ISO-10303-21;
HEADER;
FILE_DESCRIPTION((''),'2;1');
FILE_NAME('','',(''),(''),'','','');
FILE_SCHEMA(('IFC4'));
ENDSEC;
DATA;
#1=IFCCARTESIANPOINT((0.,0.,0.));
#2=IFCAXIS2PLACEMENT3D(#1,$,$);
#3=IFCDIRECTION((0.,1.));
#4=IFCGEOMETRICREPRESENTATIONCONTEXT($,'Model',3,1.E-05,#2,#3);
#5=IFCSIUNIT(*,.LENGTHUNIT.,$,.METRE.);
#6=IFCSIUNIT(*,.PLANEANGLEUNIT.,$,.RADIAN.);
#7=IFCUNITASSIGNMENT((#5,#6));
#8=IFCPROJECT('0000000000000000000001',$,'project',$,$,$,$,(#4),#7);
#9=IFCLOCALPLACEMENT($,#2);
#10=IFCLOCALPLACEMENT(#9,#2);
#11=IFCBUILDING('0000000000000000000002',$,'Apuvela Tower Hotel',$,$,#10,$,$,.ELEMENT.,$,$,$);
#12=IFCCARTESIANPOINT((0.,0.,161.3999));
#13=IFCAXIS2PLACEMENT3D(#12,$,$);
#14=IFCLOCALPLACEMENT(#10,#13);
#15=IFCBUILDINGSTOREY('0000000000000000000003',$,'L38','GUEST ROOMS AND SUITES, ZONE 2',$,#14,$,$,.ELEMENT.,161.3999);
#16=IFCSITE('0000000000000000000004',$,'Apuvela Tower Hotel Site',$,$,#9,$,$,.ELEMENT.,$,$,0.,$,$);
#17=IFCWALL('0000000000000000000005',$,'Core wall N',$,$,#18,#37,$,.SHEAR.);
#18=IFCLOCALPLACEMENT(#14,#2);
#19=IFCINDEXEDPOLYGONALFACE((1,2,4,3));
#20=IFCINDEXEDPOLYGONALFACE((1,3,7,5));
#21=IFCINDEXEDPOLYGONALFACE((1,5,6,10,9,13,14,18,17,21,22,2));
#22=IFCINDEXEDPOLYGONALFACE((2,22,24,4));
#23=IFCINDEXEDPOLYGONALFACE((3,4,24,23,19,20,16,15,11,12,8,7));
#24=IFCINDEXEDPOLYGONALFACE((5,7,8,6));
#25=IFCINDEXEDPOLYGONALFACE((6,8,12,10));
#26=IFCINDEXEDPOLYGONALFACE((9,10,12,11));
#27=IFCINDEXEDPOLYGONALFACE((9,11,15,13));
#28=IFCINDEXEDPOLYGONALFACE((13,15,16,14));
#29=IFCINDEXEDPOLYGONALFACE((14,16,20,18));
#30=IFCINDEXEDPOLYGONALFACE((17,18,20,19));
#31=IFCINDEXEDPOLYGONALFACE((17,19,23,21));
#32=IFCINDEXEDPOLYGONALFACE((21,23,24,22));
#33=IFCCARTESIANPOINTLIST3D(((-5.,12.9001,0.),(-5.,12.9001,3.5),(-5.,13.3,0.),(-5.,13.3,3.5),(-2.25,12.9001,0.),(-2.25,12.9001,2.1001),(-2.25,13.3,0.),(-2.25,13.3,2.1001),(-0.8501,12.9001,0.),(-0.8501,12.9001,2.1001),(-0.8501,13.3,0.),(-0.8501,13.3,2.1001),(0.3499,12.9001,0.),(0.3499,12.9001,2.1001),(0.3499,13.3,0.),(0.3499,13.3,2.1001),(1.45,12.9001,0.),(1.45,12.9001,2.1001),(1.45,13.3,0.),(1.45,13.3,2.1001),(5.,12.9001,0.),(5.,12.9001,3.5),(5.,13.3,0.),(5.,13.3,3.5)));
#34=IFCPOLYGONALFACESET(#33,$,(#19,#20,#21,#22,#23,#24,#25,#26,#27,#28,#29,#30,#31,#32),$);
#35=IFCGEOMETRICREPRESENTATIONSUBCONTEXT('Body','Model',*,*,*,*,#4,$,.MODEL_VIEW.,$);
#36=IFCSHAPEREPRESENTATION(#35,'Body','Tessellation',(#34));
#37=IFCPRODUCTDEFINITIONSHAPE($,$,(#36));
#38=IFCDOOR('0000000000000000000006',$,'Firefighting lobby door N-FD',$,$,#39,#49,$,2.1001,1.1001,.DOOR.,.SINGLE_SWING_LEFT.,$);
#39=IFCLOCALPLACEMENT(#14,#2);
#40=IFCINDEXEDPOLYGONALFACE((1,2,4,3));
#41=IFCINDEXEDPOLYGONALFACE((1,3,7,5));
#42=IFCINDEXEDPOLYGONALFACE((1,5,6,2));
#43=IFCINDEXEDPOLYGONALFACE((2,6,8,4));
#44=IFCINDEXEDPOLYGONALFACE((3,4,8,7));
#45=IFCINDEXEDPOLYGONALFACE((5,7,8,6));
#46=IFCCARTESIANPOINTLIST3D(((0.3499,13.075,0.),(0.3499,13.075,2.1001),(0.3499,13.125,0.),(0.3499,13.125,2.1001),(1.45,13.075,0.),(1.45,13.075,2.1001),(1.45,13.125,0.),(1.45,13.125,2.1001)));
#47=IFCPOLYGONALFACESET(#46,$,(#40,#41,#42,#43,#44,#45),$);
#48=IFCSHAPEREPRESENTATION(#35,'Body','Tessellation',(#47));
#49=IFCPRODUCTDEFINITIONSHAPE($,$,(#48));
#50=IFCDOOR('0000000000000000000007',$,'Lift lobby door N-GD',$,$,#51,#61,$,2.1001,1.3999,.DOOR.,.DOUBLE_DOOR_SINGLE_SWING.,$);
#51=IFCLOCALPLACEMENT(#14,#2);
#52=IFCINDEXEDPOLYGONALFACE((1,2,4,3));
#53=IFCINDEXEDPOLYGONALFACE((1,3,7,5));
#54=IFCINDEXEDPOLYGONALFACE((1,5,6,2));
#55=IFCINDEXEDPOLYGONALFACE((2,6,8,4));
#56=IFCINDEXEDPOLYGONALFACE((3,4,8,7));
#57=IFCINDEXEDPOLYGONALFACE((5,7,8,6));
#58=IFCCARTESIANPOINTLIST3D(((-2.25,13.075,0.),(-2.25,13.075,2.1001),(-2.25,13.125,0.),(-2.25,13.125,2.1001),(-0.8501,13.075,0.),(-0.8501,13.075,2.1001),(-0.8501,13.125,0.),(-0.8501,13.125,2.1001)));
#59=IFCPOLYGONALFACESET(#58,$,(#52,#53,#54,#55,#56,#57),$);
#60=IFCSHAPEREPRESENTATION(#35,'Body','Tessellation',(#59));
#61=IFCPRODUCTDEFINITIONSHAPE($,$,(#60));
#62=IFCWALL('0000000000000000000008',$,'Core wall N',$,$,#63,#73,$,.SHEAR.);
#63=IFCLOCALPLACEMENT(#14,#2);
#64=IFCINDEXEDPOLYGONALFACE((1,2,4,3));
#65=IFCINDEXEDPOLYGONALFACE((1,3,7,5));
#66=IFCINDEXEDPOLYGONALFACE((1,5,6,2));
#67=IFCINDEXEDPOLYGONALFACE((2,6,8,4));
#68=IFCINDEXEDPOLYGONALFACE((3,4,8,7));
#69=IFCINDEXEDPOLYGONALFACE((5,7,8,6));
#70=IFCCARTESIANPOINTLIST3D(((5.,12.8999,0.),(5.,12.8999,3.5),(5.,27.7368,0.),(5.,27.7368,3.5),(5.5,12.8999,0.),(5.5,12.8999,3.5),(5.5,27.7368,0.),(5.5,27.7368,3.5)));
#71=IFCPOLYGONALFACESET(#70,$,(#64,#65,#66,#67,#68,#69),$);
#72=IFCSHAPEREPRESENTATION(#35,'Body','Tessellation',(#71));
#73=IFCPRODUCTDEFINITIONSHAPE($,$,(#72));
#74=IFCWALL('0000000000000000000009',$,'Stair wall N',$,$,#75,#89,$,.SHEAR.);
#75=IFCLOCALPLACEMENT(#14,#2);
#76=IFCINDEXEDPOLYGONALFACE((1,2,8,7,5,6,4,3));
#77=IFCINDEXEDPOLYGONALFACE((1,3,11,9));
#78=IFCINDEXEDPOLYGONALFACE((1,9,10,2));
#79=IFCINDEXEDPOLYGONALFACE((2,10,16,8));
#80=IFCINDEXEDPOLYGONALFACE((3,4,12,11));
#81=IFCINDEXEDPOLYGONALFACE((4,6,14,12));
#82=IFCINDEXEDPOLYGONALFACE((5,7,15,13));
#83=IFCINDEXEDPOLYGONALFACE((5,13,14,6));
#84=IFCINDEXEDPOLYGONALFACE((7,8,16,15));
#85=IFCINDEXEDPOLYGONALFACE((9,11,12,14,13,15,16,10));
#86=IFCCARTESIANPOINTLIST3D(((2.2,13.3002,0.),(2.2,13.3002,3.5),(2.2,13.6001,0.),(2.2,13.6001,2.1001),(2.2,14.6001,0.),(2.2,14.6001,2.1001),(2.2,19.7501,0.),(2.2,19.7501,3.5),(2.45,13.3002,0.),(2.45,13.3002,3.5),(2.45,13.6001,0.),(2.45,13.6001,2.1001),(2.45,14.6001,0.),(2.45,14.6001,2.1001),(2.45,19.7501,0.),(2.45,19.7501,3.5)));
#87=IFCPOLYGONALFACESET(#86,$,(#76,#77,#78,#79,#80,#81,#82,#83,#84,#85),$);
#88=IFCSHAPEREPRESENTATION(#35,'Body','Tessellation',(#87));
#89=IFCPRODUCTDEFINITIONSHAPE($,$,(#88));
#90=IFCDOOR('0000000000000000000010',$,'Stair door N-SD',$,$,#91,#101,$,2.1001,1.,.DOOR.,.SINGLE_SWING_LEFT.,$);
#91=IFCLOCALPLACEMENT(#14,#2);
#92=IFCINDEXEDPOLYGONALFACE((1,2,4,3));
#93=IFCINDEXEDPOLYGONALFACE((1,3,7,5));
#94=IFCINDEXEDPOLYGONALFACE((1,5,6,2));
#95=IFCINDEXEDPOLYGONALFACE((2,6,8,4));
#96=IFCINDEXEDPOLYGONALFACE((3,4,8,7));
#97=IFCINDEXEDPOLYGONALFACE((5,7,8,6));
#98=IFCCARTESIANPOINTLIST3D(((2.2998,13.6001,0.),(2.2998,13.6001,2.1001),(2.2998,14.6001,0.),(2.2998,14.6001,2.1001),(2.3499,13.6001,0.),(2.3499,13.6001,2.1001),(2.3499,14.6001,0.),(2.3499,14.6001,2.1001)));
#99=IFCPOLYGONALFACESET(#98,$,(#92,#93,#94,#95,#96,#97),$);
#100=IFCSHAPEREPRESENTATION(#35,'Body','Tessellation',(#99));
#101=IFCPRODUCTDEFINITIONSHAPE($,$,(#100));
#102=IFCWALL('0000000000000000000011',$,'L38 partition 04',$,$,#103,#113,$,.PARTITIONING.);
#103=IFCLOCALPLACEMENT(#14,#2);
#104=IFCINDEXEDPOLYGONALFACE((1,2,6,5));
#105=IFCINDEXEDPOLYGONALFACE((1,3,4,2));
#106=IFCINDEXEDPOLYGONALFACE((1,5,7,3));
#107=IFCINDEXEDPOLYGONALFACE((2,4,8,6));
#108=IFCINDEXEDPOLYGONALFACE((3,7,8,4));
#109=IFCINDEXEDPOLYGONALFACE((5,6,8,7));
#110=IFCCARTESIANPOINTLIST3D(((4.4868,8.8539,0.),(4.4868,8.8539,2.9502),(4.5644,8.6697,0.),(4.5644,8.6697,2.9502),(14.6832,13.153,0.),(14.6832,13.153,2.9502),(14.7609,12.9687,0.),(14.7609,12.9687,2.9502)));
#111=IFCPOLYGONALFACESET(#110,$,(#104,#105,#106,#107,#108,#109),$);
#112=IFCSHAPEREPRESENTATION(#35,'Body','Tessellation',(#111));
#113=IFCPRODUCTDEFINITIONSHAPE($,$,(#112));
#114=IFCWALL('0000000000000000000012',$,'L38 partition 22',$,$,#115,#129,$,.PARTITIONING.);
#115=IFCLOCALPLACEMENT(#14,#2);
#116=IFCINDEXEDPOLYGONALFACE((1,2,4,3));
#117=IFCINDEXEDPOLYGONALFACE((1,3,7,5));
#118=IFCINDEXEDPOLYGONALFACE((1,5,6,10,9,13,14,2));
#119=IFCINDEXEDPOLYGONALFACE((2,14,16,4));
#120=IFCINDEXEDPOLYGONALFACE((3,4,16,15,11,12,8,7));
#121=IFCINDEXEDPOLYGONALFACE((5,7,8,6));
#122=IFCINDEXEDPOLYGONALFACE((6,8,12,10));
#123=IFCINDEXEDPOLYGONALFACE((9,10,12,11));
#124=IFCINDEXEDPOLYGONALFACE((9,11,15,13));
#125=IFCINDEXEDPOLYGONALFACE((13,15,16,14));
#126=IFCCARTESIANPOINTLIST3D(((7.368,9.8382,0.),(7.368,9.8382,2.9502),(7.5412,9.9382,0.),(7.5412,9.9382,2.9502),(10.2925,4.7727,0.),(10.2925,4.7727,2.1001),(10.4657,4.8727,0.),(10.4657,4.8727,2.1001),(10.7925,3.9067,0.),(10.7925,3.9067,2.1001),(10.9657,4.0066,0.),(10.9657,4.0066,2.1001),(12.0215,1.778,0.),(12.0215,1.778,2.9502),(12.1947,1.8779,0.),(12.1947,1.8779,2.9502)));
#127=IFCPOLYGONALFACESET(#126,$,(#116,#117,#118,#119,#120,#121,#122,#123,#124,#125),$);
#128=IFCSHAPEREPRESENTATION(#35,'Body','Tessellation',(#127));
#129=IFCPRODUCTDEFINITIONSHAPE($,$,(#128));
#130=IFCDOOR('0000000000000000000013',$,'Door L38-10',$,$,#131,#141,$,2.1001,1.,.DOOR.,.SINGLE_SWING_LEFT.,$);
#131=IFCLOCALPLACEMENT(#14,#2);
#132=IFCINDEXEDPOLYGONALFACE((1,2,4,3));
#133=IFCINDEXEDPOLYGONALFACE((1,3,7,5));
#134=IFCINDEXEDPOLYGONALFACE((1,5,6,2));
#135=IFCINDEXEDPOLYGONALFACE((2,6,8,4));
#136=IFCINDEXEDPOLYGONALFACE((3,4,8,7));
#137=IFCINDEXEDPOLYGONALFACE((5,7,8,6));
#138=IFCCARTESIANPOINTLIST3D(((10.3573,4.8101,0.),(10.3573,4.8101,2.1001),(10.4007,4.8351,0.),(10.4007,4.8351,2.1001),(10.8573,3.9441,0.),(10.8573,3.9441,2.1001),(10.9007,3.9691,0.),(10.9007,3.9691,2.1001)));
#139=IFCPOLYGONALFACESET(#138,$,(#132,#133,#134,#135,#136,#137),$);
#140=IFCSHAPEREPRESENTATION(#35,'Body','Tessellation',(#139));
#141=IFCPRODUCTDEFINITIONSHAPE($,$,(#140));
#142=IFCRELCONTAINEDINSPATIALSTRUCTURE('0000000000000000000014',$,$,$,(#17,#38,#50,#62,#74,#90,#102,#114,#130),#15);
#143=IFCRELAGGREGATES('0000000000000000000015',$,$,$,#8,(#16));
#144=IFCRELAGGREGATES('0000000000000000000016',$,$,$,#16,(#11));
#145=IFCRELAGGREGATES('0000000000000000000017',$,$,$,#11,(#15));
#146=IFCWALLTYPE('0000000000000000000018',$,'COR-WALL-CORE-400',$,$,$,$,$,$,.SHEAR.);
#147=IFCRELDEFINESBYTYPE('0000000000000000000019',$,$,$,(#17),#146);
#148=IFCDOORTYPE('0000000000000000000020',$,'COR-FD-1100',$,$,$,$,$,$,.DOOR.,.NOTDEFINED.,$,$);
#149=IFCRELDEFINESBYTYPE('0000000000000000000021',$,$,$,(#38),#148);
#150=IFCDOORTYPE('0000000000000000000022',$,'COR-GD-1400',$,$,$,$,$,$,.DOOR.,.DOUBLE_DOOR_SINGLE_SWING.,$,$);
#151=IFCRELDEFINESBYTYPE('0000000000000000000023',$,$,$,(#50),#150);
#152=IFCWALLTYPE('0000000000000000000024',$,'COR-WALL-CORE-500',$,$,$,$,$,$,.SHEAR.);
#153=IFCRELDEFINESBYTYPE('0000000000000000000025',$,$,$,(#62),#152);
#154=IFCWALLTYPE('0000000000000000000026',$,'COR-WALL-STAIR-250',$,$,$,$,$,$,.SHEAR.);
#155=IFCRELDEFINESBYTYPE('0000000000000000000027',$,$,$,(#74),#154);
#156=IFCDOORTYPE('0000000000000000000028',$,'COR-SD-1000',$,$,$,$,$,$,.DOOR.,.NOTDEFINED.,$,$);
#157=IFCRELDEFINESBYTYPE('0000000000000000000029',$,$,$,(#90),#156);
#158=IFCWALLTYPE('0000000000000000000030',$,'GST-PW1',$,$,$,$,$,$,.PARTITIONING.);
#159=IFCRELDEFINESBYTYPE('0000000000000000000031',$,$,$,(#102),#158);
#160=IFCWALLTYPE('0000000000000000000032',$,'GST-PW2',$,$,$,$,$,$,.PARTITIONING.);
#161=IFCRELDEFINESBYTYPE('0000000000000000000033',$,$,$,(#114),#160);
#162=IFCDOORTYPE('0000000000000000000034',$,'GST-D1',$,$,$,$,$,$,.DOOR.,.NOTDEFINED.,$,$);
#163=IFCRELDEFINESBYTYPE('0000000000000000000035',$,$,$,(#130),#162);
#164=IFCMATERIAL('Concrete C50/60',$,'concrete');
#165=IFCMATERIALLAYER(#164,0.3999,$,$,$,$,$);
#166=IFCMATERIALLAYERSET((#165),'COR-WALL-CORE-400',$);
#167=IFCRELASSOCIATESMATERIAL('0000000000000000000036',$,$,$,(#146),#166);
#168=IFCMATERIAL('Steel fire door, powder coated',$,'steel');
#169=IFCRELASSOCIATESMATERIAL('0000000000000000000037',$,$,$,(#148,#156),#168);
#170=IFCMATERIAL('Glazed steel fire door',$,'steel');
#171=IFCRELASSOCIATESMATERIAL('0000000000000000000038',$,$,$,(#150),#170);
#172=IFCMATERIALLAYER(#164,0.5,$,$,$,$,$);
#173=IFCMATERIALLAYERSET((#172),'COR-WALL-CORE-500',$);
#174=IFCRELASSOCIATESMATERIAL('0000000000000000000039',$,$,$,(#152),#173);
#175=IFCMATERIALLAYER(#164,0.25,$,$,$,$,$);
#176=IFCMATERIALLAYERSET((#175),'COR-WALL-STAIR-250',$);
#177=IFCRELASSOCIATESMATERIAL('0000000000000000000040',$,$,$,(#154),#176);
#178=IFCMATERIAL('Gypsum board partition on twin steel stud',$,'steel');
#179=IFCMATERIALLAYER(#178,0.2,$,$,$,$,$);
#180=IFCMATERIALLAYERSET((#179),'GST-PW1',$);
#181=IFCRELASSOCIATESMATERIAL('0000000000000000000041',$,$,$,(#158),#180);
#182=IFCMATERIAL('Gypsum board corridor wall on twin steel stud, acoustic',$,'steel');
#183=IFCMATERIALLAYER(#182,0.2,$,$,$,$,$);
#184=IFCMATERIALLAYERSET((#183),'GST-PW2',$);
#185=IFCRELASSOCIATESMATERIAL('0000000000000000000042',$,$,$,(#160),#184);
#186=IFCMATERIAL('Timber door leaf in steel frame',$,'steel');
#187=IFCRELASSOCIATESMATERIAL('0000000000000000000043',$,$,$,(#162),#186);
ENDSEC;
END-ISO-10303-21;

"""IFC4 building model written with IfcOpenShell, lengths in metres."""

from ifc_helpers import new_model, si_unit, direction, frame, frame_2d, origin, place, context, subcontext, project, spatial, rectangle, extrude, material, layer, layer_set, type_object, element, fill, save


model = new_model("IFC4")

# Units and contexts
model_context = context("Model", 3, precision=1e-05, world=origin(), true_north=direction((0.0, 1.0)))
body_context = subcontext(model_context, "Body", "Model", "MODEL_VIEW")
ifc_project = project(units=[si_unit("LENGTHUNIT", "METRE"), si_unit("PLANEANGLEUNIT", "RADIAN")], contexts=[model_context])

# Site, building, storey
site_placement = place(None, origin())
site = spatial("IfcSite", under=ifc_project, at=site_placement, Name="Apuvela Tower Hotel Site", CompositionType="ELEMENT", RefElevation=0.0)
building_placement = place(site_placement, origin())
building = spatial("IfcBuilding", under=site, at=building_placement, Name="Apuvela Tower Hotel", CompositionType="ELEMENT")
storey_placement = place(building_placement, frame((0.0, 0.0, 161.3999)))
storey = spatial("IfcBuildingStorey", under=building, at=storey_placement, Name="L38", Description="GUEST ROOMS AND SUITES, ZONE 2", CompositionType="ELEMENT", Elevation=161.3999)

# Shared definitions
ifc_material_1 = material(Name="Concrete C50/60", Category="concrete")

# Wall, openings, doors
ifc_layer_1 = layer(ifc_material_1, 0.3999)
ifc_layer_set_1 = layer_set([ifc_layer_1], Name="COR-WALL-CORE-400")
wall_type_1 = type_object("IfcWallType", Name="COR-WALL-CORE-400", PredefinedType="SHEAR", material=ifc_layer_set_1)
wall_1_placement = place(storey_placement, frame((5.0, 13.1001, 0.0), z_axis=(0.0, 0.0, 1.0), x_axis=(-1.0, 0.0, 0.0)))
wall_1 = element("IfcWall", 1, at=wall_1_placement, inside=storey, type_object=wall_type_1, Name="Core wall N", PredefinedType="SHEAR", context=body_context, shape_type="SweptSolid", body=[
    extrude(rectangle(XDim=10.0, YDim=0.3999, at=frame_2d((5.0, 0.0))), origin(), (0.0, 0.0, 1.0), 3.5),
])
opening_1_placement = place(wall_1_placement, frame((3.55, 0.0, 0.0)))
opening_1 = element("IfcOpeningElement", 2, at=opening_1_placement, cuts=wall_1, PredefinedType="OPENING", context=body_context, shape_type="SweptSolid", body=[
    extrude(rectangle(XDim=1.1001, YDim=2.1001, at=frame_2d((0.55, 1.05))), frame((0.0, 0.21, 0.0), z_axis=(0.0, -1.0, 0.0), x_axis=(1.0, 0.0, 0.0)), (0.0, 0.0, 1.0), 0.4199),
])
opening_2_placement = place(wall_1_placement, frame((5.8501, 0.0, 0.0)))
opening_2 = element("IfcOpeningElement", 3, at=opening_2_placement, cuts=wall_1, PredefinedType="OPENING", context=body_context, shape_type="SweptSolid", body=[
    extrude(rectangle(XDim=1.3999, YDim=2.1001, at=frame_2d((0.7, 1.05))), frame((0.0, 0.21, 0.0), z_axis=(0.0, -1.0, 0.0), x_axis=(1.0, 0.0, 0.0)), (0.0, 0.0, 1.0), 0.4199),
])
ifc_material_2 = material(Name="Steel fire door, powder coated", Category="steel")
door_type_1 = type_object("IfcDoorType", Name="COR-FD-1100", OperationType="NOTDEFINED", PredefinedType="DOOR", material=ifc_material_2)
door_1_placement = place(opening_1_placement, frame((1.1001, 0.0, 0.0), z_axis=(0.0, 0.0, 1.0), x_axis=(-1.0, 0.0, 0.0)))
door_1 = element("IfcDoor", 4, at=door_1_placement, inside=storey, type_object=door_type_1, Name="Firefighting lobby door N-FD", OperationType="SINGLE_SWING_LEFT", OverallHeight=2.1001, OverallWidth=1.1001, PredefinedType="DOOR", context=body_context, shape_type="SweptSolid", body=[
    extrude(rectangle(XDim=1.1001, YDim=2.1001, at=frame_2d((0.55, 1.05))), frame((0.0, 0.0249, 0.0), z_axis=(0.0, -1.0, 0.0), x_axis=(1.0, 0.0, 0.0)), (0.0, 0.0, 1.0), 0.05),
])
fill(opening_1, door_1)
ifc_material_3 = material(Name="Glazed steel fire door", Category="steel")
door_type_2 = type_object("IfcDoorType", Name="COR-GD-1400", OperationType="DOUBLE_DOOR_SINGLE_SWING", PredefinedType="DOOR", material=ifc_material_3)
door_2_placement = place(opening_2_placement, frame((1.3999, 0.0, 0.0), z_axis=(0.0, 0.0, 1.0), x_axis=(-1.0, 0.0, 0.0)))
door_2 = element("IfcDoor", 5, at=door_2_placement, inside=storey, type_object=door_type_2, Name="Lift lobby door N-GD", OperationType="DOUBLE_DOOR_SINGLE_SWING", OverallHeight=2.1001, OverallWidth=1.3999, PredefinedType="DOOR", context=body_context, shape_type="SweptSolid", body=[
    extrude(rectangle(XDim=1.3999, YDim=2.1001, at=frame_2d((0.7, 1.05))), frame((0.0, 0.0249, 0.0), z_axis=(0.0, -1.0, 0.0), x_axis=(1.0, 0.0, 0.0)), (0.0, 0.0, 1.0), 0.05),
])
fill(opening_2, door_2)

# Wall
ifc_layer_2 = layer(ifc_material_1, 0.5)
ifc_layer_set_2 = layer_set([ifc_layer_2], Name="COR-WALL-CORE-500")
wall_type_2 = type_object("IfcWallType", Name="COR-WALL-CORE-500", PredefinedType="SHEAR", material=ifc_layer_set_2)
wall_2_placement = place(storey_placement, frame((5.25, 12.8999, 0.0), z_axis=(0.0, 0.0, 1.0), x_axis=(0.0, 1.0, 0.0)))
element("IfcWall", 6, at=wall_2_placement, inside=storey, type_object=wall_type_2, Name="Core wall N", PredefinedType="SHEAR", context=body_context, shape_type="SweptSolid", body=[
    extrude(rectangle(XDim=14.8369, YDim=0.5, at=frame_2d((7.4185, 0.0))), origin(), (0.0, 0.0, 1.0), 3.5),
])

# Wall, opening, door
ifc_layer_3 = layer(ifc_material_1, 0.25)
ifc_layer_set_3 = layer_set([ifc_layer_3], Name="COR-WALL-STAIR-250")
wall_type_3 = type_object("IfcWallType", Name="COR-WALL-STAIR-250", PredefinedType="SHEAR", material=ifc_layer_set_3)
wall_3_placement = place(storey_placement, frame((2.325, 13.3, 0.0), z_axis=(0.0, 0.0, 1.0), x_axis=(0.0, 1.0, 0.0)))
wall_3 = element("IfcWall", 7, at=wall_3_placement, inside=storey, type_object=wall_type_3, Name="Stair wall N", PredefinedType="SHEAR", context=body_context, shape_type="SweptSolid", body=[
    extrude(rectangle(XDim=6.45, YDim=0.25, at=frame_2d((3.2251, 0.0))), origin(), (0.0, 0.0, 1.0), 3.5),
])
opening_3_placement = place(wall_3_placement, frame((0.3, 0.0, 0.0)))
opening_3 = element("IfcOpeningElement", 8, at=opening_3_placement, cuts=wall_3, PredefinedType="OPENING", context=body_context, shape_type="SweptSolid", body=[
    extrude(rectangle(XDim=1.0, YDim=2.1001, at=frame_2d((0.5, 1.05))), frame((0.0, 0.135, 0.0), z_axis=(0.0, -1.0, 0.0), x_axis=(1.0, 0.0, 0.0)), (0.0, 0.0, 1.0), 0.27),
])
door_type_3 = type_object("IfcDoorType", Name="COR-SD-1000", OperationType="NOTDEFINED", PredefinedType="DOOR", material=ifc_material_2)
door_3_placement = place(opening_3_placement, frame((1.0, 0.0, 0.0), z_axis=(0.0, 0.0, 1.0), x_axis=(-1.0, 0.0, 0.0)))
door_3 = element("IfcDoor", 9, at=door_3_placement, inside=storey, type_object=door_type_3, Name="Stair door N-SD", OperationType="SINGLE_SWING_LEFT", OverallHeight=2.1001, OverallWidth=1.0, PredefinedType="DOOR", context=body_context, shape_type="SweptSolid", body=[
    extrude(rectangle(XDim=1.0, YDim=2.1001, at=frame_2d((0.5, 1.05))), frame((0.0, 0.0249, 0.0), z_axis=(0.0, -1.0, 0.0), x_axis=(1.0, 0.0, 0.0)), (0.0, 0.0, 1.0), 0.05),
])
fill(opening_3, door_3)

# Wall
ifc_material_4 = material(Name="Gypsum board partition on twin steel stud", Category="steel")
ifc_layer_4 = layer(ifc_material_4, 0.2)
ifc_layer_set_4 = layer_set([ifc_layer_4], Name="GST-PW1")
wall_type_4 = type_object("IfcWallType", Name="GST-PW1", PredefinedType="PARTITIONING", material=ifc_layer_set_4)
wall_4_placement = place(storey_placement, frame((14.7219, 13.0608, 0.0), z_axis=(0.0, 0.0, 1.0), x_axis=(-0.921448, -0.388502, 0.0)))
element("IfcWall", 10, at=wall_4_placement, inside=storey, type_object=wall_type_4, Name="L38 partition 04", PredefinedType="PARTITIONING", context=body_context, shape_type="SweptSolid", body=[
    extrude(rectangle(XDim=11.0657, YDim=0.2, at=frame_2d((5.5327, 0.0))), origin(), (0.0, 0.0, 1.0), 2.9502),
])

# Wall, opening, door
ifc_material_5 = material(Name="Gypsum board corridor wall on twin steel stud, acoustic", Category="steel")
ifc_layer_5 = layer(ifc_material_5, 0.2)
ifc_layer_set_5 = layer_set([ifc_layer_5], Name="GST-PW2")
wall_type_5 = type_object("IfcWallType", Name="GST-PW2", PredefinedType="PARTITIONING", material=ifc_layer_set_5)
wall_5_placement = place(storey_placement, frame((7.4546, 9.8882, 0.0), z_axis=(0.0, 0.0, 1.0), x_axis=(0.499996, -0.866028, 0.0)))
wall_5 = element("IfcWall", 11, at=wall_5_placement, inside=storey, type_object=wall_type_5, Name="L38 partition 22", PredefinedType="PARTITIONING", context=body_context, shape_type="SweptSolid", body=[
    extrude(rectangle(XDim=9.3071, YDim=0.2, at=frame_2d((4.6536, 0.0))), origin(), (0.0, 0.0, 1.0), 2.9502),
])
opening_4_placement = place(wall_5_placement, frame((5.8491, 0.0, 0.0)))
opening_4 = element("IfcOpeningElement", 12, at=opening_4_placement, cuts=wall_5, PredefinedType="OPENING", context=body_context, shape_type="SweptSolid", body=[
    extrude(rectangle(XDim=1.0, YDim=2.1001, at=frame_2d((0.5, 1.05))), frame((0.0, 0.1099, 0.0), z_axis=(0.0, -1.0, 0.0), x_axis=(1.0, 0.0, 0.0)), (0.0, 0.0, 1.0), 0.22),
])
ifc_material_6 = material(Name="Timber door leaf in steel frame", Category="steel")
door_type_4 = type_object("IfcDoorType", Name="GST-D1", OperationType="NOTDEFINED", PredefinedType="DOOR", material=ifc_material_6)
door_4_placement = place(opening_4_placement, origin())
door_4 = element("IfcDoor", 13, at=door_4_placement, inside=storey, type_object=door_type_4, Name="Door L38-10", OperationType="SINGLE_SWING_LEFT", OverallHeight=2.1001, OverallWidth=1.0, PredefinedType="DOOR", context=body_context, shape_type="SweptSolid", body=[
    extrude(rectangle(XDim=1.0, YDim=2.1001, at=frame_2d((0.5, 1.05))), frame((0.0, 0.0249, 0.0), z_axis=(0.0, -1.0, 0.0), x_axis=(1.0, 0.0, 0.0)), (0.0, 0.0, 1.0), 0.05),
])
fill(opening_4, door_4)

save(model, "model.ifc")
